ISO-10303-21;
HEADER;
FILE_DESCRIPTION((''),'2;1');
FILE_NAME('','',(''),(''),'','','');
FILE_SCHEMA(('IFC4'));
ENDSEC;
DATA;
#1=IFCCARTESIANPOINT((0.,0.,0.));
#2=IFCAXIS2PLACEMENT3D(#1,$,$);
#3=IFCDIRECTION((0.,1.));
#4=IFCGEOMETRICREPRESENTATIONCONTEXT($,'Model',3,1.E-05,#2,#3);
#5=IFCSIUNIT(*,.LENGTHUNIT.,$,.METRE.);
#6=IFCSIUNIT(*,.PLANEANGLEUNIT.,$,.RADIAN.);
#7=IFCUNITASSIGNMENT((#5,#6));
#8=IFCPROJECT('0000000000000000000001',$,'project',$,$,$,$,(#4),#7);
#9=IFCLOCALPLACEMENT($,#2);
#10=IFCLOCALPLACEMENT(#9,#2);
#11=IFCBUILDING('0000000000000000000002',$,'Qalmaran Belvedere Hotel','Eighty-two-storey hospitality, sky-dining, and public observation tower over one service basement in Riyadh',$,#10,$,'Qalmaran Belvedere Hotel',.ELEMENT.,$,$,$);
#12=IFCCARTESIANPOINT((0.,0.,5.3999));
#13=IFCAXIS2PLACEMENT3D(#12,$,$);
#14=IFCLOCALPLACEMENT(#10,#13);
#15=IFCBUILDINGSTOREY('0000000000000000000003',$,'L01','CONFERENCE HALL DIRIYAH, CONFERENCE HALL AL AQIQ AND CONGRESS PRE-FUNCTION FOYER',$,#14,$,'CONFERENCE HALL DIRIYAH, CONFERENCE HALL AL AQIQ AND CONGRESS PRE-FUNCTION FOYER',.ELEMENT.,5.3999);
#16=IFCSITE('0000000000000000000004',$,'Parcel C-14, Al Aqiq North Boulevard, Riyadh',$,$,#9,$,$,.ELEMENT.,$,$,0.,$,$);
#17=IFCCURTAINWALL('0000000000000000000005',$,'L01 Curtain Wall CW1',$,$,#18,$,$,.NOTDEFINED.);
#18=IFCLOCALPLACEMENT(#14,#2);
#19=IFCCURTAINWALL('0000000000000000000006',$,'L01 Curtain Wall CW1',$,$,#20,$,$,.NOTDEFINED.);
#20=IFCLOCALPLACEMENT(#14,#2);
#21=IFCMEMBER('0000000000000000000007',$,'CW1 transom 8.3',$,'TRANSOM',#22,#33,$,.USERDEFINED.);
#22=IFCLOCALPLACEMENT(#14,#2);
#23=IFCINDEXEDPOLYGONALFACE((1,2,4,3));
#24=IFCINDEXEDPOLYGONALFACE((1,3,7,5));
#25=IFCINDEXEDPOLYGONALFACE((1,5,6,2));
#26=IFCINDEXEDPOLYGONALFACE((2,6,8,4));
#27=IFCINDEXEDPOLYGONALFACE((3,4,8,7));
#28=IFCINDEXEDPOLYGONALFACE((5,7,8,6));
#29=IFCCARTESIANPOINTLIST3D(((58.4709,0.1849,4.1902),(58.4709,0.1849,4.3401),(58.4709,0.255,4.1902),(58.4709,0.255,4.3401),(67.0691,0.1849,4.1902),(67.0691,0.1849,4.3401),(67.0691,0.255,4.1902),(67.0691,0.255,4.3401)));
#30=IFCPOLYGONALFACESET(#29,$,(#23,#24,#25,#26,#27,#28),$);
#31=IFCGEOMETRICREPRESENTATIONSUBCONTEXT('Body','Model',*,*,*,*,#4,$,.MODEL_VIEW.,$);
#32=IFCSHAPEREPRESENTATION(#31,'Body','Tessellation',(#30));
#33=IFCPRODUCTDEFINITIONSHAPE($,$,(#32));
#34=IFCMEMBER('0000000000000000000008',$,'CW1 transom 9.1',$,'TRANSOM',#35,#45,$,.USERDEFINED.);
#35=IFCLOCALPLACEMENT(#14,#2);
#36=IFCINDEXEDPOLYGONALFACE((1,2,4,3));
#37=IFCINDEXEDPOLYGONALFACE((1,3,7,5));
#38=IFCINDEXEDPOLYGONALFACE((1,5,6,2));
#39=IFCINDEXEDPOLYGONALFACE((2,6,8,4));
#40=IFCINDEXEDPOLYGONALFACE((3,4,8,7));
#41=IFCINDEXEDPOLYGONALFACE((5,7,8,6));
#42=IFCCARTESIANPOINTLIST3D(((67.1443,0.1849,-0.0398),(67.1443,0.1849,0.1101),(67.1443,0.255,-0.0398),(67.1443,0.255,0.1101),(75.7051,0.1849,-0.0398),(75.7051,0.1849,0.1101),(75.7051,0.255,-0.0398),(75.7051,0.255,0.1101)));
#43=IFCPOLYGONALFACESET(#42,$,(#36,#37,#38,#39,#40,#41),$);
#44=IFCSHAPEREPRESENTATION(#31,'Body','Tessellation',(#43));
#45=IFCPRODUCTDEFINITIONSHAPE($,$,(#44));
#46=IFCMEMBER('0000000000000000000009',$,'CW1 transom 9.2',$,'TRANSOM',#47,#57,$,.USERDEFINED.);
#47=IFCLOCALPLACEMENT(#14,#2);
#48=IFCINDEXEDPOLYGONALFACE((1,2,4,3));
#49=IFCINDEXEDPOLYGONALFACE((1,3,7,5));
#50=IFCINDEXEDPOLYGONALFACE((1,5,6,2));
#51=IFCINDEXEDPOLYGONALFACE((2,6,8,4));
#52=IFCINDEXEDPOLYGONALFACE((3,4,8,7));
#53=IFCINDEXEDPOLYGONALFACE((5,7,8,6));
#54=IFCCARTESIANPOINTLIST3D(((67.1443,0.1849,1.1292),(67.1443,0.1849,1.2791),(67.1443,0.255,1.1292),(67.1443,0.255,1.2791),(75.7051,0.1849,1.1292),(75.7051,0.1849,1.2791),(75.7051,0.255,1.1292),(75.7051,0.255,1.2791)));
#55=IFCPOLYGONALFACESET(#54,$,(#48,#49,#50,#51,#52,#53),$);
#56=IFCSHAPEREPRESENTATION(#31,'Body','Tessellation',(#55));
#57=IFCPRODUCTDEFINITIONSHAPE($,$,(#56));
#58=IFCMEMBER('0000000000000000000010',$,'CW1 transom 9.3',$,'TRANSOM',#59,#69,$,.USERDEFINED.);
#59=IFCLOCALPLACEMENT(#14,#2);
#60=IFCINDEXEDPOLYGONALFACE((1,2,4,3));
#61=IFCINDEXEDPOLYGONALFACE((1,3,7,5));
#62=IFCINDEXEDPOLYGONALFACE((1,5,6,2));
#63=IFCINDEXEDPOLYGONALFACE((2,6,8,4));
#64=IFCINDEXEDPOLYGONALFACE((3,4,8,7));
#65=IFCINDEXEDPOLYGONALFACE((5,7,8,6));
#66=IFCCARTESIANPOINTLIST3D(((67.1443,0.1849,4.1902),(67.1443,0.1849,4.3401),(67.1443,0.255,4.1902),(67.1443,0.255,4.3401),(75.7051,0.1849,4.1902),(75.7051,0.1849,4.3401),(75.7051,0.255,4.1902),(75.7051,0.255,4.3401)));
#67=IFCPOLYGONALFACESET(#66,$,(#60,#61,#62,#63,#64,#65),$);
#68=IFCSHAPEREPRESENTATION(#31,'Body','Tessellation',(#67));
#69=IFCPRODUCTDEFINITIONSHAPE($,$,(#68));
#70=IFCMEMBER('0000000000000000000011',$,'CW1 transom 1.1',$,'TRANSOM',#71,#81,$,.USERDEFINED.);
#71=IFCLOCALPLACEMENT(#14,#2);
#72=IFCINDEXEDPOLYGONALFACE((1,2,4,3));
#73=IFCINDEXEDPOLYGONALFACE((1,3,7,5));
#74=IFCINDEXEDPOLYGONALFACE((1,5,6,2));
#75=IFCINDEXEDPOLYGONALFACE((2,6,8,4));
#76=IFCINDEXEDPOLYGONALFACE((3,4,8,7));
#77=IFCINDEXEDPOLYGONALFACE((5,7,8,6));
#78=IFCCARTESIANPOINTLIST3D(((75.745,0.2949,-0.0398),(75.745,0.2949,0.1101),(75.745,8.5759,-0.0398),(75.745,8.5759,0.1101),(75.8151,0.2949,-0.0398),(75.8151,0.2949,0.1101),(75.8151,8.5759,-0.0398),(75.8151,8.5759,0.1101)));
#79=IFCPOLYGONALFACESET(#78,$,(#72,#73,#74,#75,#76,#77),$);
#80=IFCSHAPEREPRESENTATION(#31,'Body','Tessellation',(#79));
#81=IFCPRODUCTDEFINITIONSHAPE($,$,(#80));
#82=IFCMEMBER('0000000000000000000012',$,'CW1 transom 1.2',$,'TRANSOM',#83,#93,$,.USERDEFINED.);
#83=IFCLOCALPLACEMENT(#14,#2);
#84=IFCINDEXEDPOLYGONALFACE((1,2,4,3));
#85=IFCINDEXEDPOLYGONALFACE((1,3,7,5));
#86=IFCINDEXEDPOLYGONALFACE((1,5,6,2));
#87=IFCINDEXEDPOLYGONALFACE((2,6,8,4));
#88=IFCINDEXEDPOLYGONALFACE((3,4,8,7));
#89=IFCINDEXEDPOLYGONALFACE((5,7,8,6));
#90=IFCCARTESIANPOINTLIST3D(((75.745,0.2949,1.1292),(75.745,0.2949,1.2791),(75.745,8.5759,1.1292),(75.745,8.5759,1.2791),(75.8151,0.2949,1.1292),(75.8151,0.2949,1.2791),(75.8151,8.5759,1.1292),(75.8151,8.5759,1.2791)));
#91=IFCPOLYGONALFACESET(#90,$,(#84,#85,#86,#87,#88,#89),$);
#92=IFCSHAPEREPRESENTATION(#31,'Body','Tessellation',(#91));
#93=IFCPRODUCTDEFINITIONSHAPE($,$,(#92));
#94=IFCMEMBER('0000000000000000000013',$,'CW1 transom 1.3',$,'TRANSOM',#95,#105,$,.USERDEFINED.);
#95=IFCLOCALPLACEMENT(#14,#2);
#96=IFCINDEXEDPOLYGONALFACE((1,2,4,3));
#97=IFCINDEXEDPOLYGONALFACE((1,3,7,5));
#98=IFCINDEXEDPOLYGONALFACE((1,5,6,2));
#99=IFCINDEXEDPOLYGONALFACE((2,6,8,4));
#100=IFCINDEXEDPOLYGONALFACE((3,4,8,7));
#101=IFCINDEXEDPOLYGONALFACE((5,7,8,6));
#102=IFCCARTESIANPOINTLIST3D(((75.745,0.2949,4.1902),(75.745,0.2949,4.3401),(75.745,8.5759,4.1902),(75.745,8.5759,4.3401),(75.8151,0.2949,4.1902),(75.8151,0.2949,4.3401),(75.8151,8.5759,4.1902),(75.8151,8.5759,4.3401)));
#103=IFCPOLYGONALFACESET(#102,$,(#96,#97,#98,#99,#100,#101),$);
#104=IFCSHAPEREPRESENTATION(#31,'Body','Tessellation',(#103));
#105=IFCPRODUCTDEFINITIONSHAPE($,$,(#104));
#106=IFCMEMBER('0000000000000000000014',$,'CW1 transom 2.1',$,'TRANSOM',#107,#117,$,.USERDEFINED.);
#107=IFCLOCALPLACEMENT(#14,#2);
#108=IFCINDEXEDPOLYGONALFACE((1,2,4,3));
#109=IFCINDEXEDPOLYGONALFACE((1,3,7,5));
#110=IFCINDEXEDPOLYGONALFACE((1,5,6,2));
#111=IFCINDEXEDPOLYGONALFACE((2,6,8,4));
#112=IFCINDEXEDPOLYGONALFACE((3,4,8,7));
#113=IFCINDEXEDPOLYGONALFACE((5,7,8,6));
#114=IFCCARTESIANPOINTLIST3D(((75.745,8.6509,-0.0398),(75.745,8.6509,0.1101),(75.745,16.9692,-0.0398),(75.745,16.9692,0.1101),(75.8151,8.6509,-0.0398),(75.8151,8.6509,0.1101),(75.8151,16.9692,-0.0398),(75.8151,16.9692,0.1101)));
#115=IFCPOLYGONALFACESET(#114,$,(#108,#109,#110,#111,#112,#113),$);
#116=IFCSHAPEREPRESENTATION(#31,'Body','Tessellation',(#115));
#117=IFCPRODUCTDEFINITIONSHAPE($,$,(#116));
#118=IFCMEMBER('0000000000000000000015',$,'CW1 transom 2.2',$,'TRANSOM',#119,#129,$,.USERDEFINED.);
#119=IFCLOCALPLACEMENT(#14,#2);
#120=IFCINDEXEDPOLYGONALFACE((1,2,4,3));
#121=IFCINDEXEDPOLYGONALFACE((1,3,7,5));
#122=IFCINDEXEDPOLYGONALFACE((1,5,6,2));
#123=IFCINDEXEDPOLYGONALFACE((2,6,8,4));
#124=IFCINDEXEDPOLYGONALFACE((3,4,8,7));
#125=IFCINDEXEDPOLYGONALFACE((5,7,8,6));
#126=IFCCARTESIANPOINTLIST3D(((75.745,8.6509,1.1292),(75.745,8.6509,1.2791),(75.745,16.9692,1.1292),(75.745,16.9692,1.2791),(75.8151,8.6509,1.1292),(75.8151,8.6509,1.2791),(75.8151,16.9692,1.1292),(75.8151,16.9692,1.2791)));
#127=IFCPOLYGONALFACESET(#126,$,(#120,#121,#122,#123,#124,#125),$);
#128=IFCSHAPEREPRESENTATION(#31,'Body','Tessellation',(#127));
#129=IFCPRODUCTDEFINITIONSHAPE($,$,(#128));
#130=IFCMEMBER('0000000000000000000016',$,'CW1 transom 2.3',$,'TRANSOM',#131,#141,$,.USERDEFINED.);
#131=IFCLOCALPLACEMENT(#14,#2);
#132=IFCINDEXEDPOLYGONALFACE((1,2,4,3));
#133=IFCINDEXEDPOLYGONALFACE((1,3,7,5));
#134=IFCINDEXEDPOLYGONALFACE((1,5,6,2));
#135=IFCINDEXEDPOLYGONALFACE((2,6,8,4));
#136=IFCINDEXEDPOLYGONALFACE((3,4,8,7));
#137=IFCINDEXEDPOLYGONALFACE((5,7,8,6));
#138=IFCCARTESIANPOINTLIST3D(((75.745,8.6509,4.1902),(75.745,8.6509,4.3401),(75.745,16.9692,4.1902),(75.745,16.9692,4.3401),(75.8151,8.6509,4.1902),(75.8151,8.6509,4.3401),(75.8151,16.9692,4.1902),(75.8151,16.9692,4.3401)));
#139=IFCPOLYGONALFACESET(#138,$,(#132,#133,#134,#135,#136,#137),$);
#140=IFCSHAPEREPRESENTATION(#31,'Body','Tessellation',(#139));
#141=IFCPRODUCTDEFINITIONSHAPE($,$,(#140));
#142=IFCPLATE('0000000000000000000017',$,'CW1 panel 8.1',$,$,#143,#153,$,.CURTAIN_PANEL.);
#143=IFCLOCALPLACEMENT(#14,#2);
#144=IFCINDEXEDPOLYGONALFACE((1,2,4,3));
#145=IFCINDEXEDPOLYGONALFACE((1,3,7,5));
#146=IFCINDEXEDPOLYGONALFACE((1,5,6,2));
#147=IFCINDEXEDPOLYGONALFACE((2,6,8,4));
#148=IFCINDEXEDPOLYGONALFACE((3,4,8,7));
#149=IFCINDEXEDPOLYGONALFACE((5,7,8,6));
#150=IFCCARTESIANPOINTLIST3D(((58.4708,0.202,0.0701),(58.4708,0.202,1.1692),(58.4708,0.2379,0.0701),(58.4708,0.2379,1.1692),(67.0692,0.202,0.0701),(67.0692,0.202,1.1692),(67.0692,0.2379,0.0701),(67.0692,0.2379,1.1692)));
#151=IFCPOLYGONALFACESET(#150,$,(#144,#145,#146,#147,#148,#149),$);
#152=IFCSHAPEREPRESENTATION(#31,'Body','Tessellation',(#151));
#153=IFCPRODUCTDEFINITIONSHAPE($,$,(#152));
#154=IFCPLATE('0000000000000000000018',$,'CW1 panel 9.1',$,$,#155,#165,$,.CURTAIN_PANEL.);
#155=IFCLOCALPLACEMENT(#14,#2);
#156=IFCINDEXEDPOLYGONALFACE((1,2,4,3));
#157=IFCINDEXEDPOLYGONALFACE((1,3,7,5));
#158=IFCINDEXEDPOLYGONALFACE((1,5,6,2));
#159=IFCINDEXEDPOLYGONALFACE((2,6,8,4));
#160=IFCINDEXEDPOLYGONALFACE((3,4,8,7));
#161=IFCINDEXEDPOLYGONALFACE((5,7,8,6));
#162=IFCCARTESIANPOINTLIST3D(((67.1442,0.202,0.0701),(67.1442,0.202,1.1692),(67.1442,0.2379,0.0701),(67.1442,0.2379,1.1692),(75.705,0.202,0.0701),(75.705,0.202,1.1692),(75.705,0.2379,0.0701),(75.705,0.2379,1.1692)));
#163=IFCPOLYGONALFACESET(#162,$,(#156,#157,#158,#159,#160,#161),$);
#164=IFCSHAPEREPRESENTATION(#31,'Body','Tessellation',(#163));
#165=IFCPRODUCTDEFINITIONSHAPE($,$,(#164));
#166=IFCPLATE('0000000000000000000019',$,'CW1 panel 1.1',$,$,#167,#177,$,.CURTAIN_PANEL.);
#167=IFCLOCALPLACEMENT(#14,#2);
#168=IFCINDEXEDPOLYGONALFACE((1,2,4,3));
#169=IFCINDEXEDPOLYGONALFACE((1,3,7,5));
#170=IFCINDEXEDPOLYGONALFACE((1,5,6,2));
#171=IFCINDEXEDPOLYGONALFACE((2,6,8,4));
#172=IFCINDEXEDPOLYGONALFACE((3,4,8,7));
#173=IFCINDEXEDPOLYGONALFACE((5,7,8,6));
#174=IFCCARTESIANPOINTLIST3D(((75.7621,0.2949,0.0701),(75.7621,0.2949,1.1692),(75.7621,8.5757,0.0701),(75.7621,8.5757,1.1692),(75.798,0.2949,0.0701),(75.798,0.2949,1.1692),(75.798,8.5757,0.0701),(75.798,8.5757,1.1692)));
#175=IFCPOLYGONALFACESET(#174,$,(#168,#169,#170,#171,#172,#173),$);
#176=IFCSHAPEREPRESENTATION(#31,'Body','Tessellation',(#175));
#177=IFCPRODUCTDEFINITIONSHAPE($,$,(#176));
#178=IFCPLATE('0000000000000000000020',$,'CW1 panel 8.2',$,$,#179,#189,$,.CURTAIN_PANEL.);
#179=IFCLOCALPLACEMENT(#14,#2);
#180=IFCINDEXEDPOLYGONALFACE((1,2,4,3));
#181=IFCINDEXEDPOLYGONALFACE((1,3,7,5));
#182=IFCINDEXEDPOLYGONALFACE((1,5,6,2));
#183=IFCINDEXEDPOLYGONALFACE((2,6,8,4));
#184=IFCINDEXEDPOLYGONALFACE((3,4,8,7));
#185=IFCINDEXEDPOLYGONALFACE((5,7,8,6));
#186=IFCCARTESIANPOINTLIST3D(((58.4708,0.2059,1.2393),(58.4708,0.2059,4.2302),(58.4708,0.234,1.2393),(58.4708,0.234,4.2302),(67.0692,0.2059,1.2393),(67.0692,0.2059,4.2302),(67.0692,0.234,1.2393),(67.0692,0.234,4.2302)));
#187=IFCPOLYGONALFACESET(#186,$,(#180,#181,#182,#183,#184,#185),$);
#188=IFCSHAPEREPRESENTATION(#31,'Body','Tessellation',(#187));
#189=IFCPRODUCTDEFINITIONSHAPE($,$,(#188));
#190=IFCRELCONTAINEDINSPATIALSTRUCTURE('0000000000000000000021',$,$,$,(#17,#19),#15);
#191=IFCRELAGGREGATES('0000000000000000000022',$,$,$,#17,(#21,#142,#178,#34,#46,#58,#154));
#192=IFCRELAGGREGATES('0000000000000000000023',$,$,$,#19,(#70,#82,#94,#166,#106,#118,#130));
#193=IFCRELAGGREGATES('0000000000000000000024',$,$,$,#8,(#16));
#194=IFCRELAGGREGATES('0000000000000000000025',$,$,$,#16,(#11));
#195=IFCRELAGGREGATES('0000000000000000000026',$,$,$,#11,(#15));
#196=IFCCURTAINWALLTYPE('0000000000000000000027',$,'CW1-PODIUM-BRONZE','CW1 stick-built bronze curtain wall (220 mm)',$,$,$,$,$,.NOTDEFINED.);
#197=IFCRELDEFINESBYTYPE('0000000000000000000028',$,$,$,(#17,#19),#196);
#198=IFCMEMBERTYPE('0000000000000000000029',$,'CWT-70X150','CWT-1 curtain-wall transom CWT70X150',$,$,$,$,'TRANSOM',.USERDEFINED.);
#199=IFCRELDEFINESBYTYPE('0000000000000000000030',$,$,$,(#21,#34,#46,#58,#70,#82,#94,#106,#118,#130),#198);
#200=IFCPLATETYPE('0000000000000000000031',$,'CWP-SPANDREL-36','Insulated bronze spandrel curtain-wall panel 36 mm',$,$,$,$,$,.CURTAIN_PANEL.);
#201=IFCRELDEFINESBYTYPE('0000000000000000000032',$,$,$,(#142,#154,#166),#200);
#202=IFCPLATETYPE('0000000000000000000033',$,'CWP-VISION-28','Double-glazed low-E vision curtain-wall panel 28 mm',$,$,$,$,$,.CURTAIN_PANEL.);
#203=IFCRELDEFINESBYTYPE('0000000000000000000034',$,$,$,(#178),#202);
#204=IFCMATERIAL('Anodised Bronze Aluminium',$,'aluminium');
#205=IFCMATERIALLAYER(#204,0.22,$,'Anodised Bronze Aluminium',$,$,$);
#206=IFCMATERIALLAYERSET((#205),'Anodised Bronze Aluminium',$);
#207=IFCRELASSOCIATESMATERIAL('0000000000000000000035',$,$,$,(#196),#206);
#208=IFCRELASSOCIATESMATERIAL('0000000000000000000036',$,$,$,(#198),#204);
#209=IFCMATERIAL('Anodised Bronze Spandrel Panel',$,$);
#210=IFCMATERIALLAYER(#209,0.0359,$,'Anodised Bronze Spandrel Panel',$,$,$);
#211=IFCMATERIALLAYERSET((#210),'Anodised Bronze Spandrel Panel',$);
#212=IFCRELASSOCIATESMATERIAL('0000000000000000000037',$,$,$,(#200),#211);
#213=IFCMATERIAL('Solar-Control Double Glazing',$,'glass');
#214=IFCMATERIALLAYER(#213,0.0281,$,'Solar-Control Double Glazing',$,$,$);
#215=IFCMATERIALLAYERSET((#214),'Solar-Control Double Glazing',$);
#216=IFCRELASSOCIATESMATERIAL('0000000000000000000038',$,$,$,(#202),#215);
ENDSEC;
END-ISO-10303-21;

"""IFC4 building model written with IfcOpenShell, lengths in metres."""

from ifc_helpers import new_model, si_unit, direction, frame, origin, origin_2d, place, context, subcontext, project, spatial, rectangle, extrude, material, layer, layer_set, material_profile, profile_set, type_object, element, aggregate, save


model = new_model("IFC4")

# Units and contexts
model_context = context("Model", 3, precision=1e-05, world=origin(), true_north=direction((0.0, 1.0)))
body_context = subcontext(model_context, "Body", "Model", "MODEL_VIEW")
ifc_project = project(units=[si_unit("LENGTHUNIT", "METRE"), si_unit("PLANEANGLEUNIT", "RADIAN")], contexts=[model_context])

# Site, building, storey
site_placement = place(None, origin())
site = spatial("IfcSite", under=ifc_project, at=site_placement, Name="Parcel C-14, Al Aqiq North Boulevard, Riyadh", CompositionType="ELEMENT", RefElevation=0.0)
building_placement = place(site_placement, origin())
building = spatial("IfcBuilding", under=site, at=building_placement, Name="Qalmaran Belvedere Hotel", Description="Eighty-two-storey hospitality, sky-dining, and public observation tower over one service basement in Riyadh", LongName="Qalmaran Belvedere Hotel", CompositionType="ELEMENT")
storey_placement = place(building_placement, frame((0.0, 0.0, 5.3999)))
storey = spatial("IfcBuildingStorey", under=building, at=storey_placement, Name="L01", Description="CONFERENCE HALL DIRIYAH, CONFERENCE HALL AL AQIQ AND CONGRESS PRE-FUNCTION FOYER", LongName="CONFERENCE HALL DIRIYAH, CONFERENCE HALL AL AQIQ AND CONGRESS PRE-FUNCTION FOYER", CompositionType="ELEMENT", Elevation=5.3999)

# Curtain walls
ifc_material_1 = material(Name="Anodised Bronze Aluminium", Category="aluminium")
ifc_layer_1 = layer(ifc_material_1, 0.22, Name="Anodised Bronze Aluminium")
ifc_layer_set_1 = layer_set([ifc_layer_1], Name="Anodised Bronze Aluminium")
curtain_wall_type = type_object("IfcCurtainWallType", Name="CW1-PODIUM-BRONZE", Description="CW1 stick-built bronze curtain wall (220 mm)", PredefinedType="NOTDEFINED", material=ifc_layer_set_1)
curtain_wall_1_placement = place(storey_placement, origin())
curtain_wall_1 = element("IfcCurtainWall", 1, at=curtain_wall_1_placement, inside=storey, type_object=curtain_wall_type, Name="L01 Curtain Wall CW1", PredefinedType="NOTDEFINED")
curtain_wall_2_placement = place(storey_placement, origin())
curtain_wall_2 = element("IfcCurtainWall", 2, at=curtain_wall_2_placement, inside=storey, type_object=curtain_wall_type, Name="L01 Curtain Wall CW1", PredefinedType="NOTDEFINED")

# Members
ifc_material_profile_1 = material_profile(ifc_material_1, rectangle(XDim=0.0701, YDim=0.1499, at=origin_2d()), Name="CWT70X150")
ifc_profile_set_1 = profile_set([ifc_material_profile_1], Name="Anodised Bronze Aluminium")
member_type_1 = type_object("IfcMemberType", Name="CWT-70X150", Description="CWT-1 curtain-wall transom CWT70X150", ElementType="TRANSOM", PredefinedType="USERDEFINED", material=ifc_profile_set_1)
member_1_placement = place(storey_placement, frame((58.4709, 0.22, 4.2651), z_axis=(1.0, 0.0, 0.0), x_axis=(0.0, 1.0, 0.0)))
member_1 = element("IfcMember", 3, at=member_1_placement, type_object=member_type_1, Name="CW1 transom 8.3", ObjectType="TRANSOM", PredefinedType="USERDEFINED", context=body_context, shape_type="SweptSolid", body=[
    extrude(rectangle(XDim=0.0701, YDim=0.1499, at=origin_2d()), origin(), (0.0, 0.0, 1.0), 8.5981),
])
member_2_placement = place(storey_placement, frame((67.1443, 0.22, 0.0352), z_axis=(1.0, 0.0, 0.0), x_axis=(0.0, 1.0, 0.0)))
member_2 = element("IfcMember", 4, at=member_2_placement, type_object=member_type_1, Name="CW1 transom 9.1", ObjectType="TRANSOM", PredefinedType="USERDEFINED", context=body_context, shape_type="SweptSolid", body=[
    extrude(rectangle(XDim=0.0701, YDim=0.1499, at=origin_2d()), origin(), (0.0, 0.0, 1.0), 8.5608),
])
member_3_placement = place(storey_placement, frame((67.1443, 0.22, 1.2041), z_axis=(1.0, 0.0, 0.0), x_axis=(0.0, 1.0, 0.0)))
member_3 = element("IfcMember", 5, at=member_3_placement, type_object=member_type_1, Name="CW1 transom 9.2", ObjectType="TRANSOM", PredefinedType="USERDEFINED", context=body_context, shape_type="SweptSolid", body=[
    extrude(rectangle(XDim=0.0701, YDim=0.1499, at=origin_2d()), origin(), (0.0, 0.0, 1.0), 8.5608),
])
member_4_placement = place(storey_placement, frame((67.1443, 0.22, 4.2651), z_axis=(1.0, 0.0, 0.0), x_axis=(0.0, 1.0, 0.0)))
member_4 = element("IfcMember", 6, at=member_4_placement, type_object=member_type_1, Name="CW1 transom 9.3", ObjectType="TRANSOM", PredefinedType="USERDEFINED", context=body_context, shape_type="SweptSolid", body=[
    extrude(rectangle(XDim=0.0701, YDim=0.1499, at=origin_2d()), origin(), (0.0, 0.0, 1.0), 8.5608),
])
member_5_placement = place(storey_placement, frame((75.78, 0.2949, 0.0352), z_axis=(0.0, 1.0, 0.0), x_axis=(-1.0, 0.0, 0.0)))
member_5 = element("IfcMember", 7, at=member_5_placement, type_object=member_type_1, Name="CW1 transom 1.1", ObjectType="TRANSOM", PredefinedType="USERDEFINED", context=body_context, shape_type="SweptSolid", body=[
    extrude(rectangle(XDim=0.0701, YDim=0.1499, at=origin_2d()), origin(), (0.0, 0.0, 1.0), 8.281),
])
member_6_placement = place(storey_placement, frame((75.78, 0.2949, 1.2041), z_axis=(0.0, 1.0, 0.0), x_axis=(-1.0, 0.0, 0.0)))
member_6 = element("IfcMember", 8, at=member_6_placement, type_object=member_type_1, Name="CW1 transom 1.2", ObjectType="TRANSOM", PredefinedType="USERDEFINED", context=body_context, shape_type="SweptSolid", body=[
    extrude(rectangle(XDim=0.0701, YDim=0.1499, at=origin_2d()), origin(), (0.0, 0.0, 1.0), 8.281),
])
member_7_placement = place(storey_placement, frame((75.78, 0.2949, 4.2651), z_axis=(0.0, 1.0, 0.0), x_axis=(-1.0, 0.0, 0.0)))
member_7 = element("IfcMember", 9, at=member_7_placement, type_object=member_type_1, Name="CW1 transom 1.3", ObjectType="TRANSOM", PredefinedType="USERDEFINED", context=body_context, shape_type="SweptSolid", body=[
    extrude(rectangle(XDim=0.0701, YDim=0.1499, at=origin_2d()), origin(), (0.0, 0.0, 1.0), 8.281),
])
member_8_placement = place(storey_placement, frame((75.78, 8.6509, 0.0352), z_axis=(0.0, 1.0, 0.0), x_axis=(-1.0, 0.0, 0.0)))
member_8 = element("IfcMember", 10, at=member_8_placement, type_object=member_type_1, Name="CW1 transom 2.1", ObjectType="TRANSOM", PredefinedType="USERDEFINED", context=body_context, shape_type="SweptSolid", body=[
    extrude(rectangle(XDim=0.0701, YDim=0.1499, at=origin_2d()), origin(), (0.0, 0.0, 1.0), 8.3184),
])
member_9_placement = place(storey_placement, frame((75.78, 8.6509, 1.2041), z_axis=(0.0, 1.0, 0.0), x_axis=(-1.0, 0.0, 0.0)))
member_9 = element("IfcMember", 11, at=member_9_placement, type_object=member_type_1, Name="CW1 transom 2.2", ObjectType="TRANSOM", PredefinedType="USERDEFINED", context=body_context, shape_type="SweptSolid", body=[
    extrude(rectangle(XDim=0.0701, YDim=0.1499, at=origin_2d()), origin(), (0.0, 0.0, 1.0), 8.3184),
])
member_10_placement = place(storey_placement, frame((75.78, 8.6509, 4.2651), z_axis=(0.0, 1.0, 0.0), x_axis=(-1.0, 0.0, 0.0)))
member_10 = element("IfcMember", 12, at=member_10_placement, type_object=member_type_1, Name="CW1 transom 2.3", ObjectType="TRANSOM", PredefinedType="USERDEFINED", context=body_context, shape_type="SweptSolid", body=[
    extrude(rectangle(XDim=0.0701, YDim=0.1499, at=origin_2d()), origin(), (0.0, 0.0, 1.0), 8.3184),
])

# Plates
ifc_material_2 = material(Name="Anodised Bronze Spandrel Panel")
ifc_layer_2 = layer(ifc_material_2, 0.0359, Name="Anodised Bronze Spandrel Panel")
ifc_layer_set_2 = layer_set([ifc_layer_2], Name="Anodised Bronze Spandrel Panel")
plate_type_1 = type_object("IfcPlateType", Name="CWP-SPANDREL-36", Description="Insulated bronze spandrel curtain-wall panel 36 mm", PredefinedType="CURTAIN_PANEL", material=ifc_layer_set_2)
plate_1_placement = place(storey_placement, frame((62.77, 0.22, 0.0701), z_axis=(0.0, 0.0, 1.0), x_axis=(1.0, 0.0, 0.0)))
plate_1 = element("IfcPlate", 13, at=plate_1_placement, type_object=plate_type_1, Name="CW1 panel 8.1", PredefinedType="CURTAIN_PANEL", context=body_context, shape_type="SweptSolid", body=[
    extrude(rectangle(XDim=8.5984, YDim=0.0359, at=origin_2d()), origin(), (0.0, 0.0, 1.0), 1.0991),
])
plate_2_placement = place(storey_placement, frame((71.4246, 0.22, 0.0701), z_axis=(0.0, 0.0, 1.0), x_axis=(1.0, 0.0, 0.0)))
plate_2 = element("IfcPlate", 14, at=plate_2_placement, type_object=plate_type_1, Name="CW1 panel 9.1", PredefinedType="CURTAIN_PANEL", context=body_context, shape_type="SweptSolid", body=[
    extrude(rectangle(XDim=8.5608, YDim=0.0359, at=origin_2d()), origin(), (0.0, 0.0, 1.0), 1.0991),
])
plate_3_placement = place(storey_placement, frame((75.78, 4.4353, 0.0701), z_axis=(0.0, 0.0, 1.0), x_axis=(0.0, 1.0, 0.0)))
plate_3 = element("IfcPlate", 15, at=plate_3_placement, type_object=plate_type_1, Name="CW1 panel 1.1", PredefinedType="CURTAIN_PANEL", context=body_context, shape_type="SweptSolid", body=[
    extrude(rectangle(XDim=8.2808, YDim=0.0359, at=origin_2d()), origin(), (0.0, 0.0, 1.0), 1.0991),
])
ifc_material_3 = material(Name="Solar-Control Double Glazing", Category="glass")
ifc_layer_3 = layer(ifc_material_3, 0.0281, Name="Solar-Control Double Glazing")
ifc_layer_set_3 = layer_set([ifc_layer_3], Name="Solar-Control Double Glazing")
plate_type_2 = type_object("IfcPlateType", Name="CWP-VISION-28", Description="Double-glazed low-E vision curtain-wall panel 28 mm", PredefinedType="CURTAIN_PANEL", material=ifc_layer_set_3)
plate_4_placement = place(storey_placement, frame((62.77, 0.22, 1.2393), z_axis=(0.0, 0.0, 1.0), x_axis=(1.0, 0.0, 0.0)))
plate_4 = element("IfcPlate", 16, at=plate_4_placement, type_object=plate_type_2, Name="CW1 panel 8.2", PredefinedType="CURTAIN_PANEL", context=body_context, shape_type="SweptSolid", body=[
    extrude(rectangle(XDim=8.5984, YDim=0.0281, at=origin_2d()), origin(), (0.0, 0.0, 1.0), 2.991),
])
aggregate(curtain_wall_1, [member_1, plate_1, plate_4, member_2, member_3, member_4, plate_2])
aggregate(curtain_wall_2, [member_5, member_6, member_7, plate_3, member_8, member_9, member_10])

save(model, "model.ifc")
